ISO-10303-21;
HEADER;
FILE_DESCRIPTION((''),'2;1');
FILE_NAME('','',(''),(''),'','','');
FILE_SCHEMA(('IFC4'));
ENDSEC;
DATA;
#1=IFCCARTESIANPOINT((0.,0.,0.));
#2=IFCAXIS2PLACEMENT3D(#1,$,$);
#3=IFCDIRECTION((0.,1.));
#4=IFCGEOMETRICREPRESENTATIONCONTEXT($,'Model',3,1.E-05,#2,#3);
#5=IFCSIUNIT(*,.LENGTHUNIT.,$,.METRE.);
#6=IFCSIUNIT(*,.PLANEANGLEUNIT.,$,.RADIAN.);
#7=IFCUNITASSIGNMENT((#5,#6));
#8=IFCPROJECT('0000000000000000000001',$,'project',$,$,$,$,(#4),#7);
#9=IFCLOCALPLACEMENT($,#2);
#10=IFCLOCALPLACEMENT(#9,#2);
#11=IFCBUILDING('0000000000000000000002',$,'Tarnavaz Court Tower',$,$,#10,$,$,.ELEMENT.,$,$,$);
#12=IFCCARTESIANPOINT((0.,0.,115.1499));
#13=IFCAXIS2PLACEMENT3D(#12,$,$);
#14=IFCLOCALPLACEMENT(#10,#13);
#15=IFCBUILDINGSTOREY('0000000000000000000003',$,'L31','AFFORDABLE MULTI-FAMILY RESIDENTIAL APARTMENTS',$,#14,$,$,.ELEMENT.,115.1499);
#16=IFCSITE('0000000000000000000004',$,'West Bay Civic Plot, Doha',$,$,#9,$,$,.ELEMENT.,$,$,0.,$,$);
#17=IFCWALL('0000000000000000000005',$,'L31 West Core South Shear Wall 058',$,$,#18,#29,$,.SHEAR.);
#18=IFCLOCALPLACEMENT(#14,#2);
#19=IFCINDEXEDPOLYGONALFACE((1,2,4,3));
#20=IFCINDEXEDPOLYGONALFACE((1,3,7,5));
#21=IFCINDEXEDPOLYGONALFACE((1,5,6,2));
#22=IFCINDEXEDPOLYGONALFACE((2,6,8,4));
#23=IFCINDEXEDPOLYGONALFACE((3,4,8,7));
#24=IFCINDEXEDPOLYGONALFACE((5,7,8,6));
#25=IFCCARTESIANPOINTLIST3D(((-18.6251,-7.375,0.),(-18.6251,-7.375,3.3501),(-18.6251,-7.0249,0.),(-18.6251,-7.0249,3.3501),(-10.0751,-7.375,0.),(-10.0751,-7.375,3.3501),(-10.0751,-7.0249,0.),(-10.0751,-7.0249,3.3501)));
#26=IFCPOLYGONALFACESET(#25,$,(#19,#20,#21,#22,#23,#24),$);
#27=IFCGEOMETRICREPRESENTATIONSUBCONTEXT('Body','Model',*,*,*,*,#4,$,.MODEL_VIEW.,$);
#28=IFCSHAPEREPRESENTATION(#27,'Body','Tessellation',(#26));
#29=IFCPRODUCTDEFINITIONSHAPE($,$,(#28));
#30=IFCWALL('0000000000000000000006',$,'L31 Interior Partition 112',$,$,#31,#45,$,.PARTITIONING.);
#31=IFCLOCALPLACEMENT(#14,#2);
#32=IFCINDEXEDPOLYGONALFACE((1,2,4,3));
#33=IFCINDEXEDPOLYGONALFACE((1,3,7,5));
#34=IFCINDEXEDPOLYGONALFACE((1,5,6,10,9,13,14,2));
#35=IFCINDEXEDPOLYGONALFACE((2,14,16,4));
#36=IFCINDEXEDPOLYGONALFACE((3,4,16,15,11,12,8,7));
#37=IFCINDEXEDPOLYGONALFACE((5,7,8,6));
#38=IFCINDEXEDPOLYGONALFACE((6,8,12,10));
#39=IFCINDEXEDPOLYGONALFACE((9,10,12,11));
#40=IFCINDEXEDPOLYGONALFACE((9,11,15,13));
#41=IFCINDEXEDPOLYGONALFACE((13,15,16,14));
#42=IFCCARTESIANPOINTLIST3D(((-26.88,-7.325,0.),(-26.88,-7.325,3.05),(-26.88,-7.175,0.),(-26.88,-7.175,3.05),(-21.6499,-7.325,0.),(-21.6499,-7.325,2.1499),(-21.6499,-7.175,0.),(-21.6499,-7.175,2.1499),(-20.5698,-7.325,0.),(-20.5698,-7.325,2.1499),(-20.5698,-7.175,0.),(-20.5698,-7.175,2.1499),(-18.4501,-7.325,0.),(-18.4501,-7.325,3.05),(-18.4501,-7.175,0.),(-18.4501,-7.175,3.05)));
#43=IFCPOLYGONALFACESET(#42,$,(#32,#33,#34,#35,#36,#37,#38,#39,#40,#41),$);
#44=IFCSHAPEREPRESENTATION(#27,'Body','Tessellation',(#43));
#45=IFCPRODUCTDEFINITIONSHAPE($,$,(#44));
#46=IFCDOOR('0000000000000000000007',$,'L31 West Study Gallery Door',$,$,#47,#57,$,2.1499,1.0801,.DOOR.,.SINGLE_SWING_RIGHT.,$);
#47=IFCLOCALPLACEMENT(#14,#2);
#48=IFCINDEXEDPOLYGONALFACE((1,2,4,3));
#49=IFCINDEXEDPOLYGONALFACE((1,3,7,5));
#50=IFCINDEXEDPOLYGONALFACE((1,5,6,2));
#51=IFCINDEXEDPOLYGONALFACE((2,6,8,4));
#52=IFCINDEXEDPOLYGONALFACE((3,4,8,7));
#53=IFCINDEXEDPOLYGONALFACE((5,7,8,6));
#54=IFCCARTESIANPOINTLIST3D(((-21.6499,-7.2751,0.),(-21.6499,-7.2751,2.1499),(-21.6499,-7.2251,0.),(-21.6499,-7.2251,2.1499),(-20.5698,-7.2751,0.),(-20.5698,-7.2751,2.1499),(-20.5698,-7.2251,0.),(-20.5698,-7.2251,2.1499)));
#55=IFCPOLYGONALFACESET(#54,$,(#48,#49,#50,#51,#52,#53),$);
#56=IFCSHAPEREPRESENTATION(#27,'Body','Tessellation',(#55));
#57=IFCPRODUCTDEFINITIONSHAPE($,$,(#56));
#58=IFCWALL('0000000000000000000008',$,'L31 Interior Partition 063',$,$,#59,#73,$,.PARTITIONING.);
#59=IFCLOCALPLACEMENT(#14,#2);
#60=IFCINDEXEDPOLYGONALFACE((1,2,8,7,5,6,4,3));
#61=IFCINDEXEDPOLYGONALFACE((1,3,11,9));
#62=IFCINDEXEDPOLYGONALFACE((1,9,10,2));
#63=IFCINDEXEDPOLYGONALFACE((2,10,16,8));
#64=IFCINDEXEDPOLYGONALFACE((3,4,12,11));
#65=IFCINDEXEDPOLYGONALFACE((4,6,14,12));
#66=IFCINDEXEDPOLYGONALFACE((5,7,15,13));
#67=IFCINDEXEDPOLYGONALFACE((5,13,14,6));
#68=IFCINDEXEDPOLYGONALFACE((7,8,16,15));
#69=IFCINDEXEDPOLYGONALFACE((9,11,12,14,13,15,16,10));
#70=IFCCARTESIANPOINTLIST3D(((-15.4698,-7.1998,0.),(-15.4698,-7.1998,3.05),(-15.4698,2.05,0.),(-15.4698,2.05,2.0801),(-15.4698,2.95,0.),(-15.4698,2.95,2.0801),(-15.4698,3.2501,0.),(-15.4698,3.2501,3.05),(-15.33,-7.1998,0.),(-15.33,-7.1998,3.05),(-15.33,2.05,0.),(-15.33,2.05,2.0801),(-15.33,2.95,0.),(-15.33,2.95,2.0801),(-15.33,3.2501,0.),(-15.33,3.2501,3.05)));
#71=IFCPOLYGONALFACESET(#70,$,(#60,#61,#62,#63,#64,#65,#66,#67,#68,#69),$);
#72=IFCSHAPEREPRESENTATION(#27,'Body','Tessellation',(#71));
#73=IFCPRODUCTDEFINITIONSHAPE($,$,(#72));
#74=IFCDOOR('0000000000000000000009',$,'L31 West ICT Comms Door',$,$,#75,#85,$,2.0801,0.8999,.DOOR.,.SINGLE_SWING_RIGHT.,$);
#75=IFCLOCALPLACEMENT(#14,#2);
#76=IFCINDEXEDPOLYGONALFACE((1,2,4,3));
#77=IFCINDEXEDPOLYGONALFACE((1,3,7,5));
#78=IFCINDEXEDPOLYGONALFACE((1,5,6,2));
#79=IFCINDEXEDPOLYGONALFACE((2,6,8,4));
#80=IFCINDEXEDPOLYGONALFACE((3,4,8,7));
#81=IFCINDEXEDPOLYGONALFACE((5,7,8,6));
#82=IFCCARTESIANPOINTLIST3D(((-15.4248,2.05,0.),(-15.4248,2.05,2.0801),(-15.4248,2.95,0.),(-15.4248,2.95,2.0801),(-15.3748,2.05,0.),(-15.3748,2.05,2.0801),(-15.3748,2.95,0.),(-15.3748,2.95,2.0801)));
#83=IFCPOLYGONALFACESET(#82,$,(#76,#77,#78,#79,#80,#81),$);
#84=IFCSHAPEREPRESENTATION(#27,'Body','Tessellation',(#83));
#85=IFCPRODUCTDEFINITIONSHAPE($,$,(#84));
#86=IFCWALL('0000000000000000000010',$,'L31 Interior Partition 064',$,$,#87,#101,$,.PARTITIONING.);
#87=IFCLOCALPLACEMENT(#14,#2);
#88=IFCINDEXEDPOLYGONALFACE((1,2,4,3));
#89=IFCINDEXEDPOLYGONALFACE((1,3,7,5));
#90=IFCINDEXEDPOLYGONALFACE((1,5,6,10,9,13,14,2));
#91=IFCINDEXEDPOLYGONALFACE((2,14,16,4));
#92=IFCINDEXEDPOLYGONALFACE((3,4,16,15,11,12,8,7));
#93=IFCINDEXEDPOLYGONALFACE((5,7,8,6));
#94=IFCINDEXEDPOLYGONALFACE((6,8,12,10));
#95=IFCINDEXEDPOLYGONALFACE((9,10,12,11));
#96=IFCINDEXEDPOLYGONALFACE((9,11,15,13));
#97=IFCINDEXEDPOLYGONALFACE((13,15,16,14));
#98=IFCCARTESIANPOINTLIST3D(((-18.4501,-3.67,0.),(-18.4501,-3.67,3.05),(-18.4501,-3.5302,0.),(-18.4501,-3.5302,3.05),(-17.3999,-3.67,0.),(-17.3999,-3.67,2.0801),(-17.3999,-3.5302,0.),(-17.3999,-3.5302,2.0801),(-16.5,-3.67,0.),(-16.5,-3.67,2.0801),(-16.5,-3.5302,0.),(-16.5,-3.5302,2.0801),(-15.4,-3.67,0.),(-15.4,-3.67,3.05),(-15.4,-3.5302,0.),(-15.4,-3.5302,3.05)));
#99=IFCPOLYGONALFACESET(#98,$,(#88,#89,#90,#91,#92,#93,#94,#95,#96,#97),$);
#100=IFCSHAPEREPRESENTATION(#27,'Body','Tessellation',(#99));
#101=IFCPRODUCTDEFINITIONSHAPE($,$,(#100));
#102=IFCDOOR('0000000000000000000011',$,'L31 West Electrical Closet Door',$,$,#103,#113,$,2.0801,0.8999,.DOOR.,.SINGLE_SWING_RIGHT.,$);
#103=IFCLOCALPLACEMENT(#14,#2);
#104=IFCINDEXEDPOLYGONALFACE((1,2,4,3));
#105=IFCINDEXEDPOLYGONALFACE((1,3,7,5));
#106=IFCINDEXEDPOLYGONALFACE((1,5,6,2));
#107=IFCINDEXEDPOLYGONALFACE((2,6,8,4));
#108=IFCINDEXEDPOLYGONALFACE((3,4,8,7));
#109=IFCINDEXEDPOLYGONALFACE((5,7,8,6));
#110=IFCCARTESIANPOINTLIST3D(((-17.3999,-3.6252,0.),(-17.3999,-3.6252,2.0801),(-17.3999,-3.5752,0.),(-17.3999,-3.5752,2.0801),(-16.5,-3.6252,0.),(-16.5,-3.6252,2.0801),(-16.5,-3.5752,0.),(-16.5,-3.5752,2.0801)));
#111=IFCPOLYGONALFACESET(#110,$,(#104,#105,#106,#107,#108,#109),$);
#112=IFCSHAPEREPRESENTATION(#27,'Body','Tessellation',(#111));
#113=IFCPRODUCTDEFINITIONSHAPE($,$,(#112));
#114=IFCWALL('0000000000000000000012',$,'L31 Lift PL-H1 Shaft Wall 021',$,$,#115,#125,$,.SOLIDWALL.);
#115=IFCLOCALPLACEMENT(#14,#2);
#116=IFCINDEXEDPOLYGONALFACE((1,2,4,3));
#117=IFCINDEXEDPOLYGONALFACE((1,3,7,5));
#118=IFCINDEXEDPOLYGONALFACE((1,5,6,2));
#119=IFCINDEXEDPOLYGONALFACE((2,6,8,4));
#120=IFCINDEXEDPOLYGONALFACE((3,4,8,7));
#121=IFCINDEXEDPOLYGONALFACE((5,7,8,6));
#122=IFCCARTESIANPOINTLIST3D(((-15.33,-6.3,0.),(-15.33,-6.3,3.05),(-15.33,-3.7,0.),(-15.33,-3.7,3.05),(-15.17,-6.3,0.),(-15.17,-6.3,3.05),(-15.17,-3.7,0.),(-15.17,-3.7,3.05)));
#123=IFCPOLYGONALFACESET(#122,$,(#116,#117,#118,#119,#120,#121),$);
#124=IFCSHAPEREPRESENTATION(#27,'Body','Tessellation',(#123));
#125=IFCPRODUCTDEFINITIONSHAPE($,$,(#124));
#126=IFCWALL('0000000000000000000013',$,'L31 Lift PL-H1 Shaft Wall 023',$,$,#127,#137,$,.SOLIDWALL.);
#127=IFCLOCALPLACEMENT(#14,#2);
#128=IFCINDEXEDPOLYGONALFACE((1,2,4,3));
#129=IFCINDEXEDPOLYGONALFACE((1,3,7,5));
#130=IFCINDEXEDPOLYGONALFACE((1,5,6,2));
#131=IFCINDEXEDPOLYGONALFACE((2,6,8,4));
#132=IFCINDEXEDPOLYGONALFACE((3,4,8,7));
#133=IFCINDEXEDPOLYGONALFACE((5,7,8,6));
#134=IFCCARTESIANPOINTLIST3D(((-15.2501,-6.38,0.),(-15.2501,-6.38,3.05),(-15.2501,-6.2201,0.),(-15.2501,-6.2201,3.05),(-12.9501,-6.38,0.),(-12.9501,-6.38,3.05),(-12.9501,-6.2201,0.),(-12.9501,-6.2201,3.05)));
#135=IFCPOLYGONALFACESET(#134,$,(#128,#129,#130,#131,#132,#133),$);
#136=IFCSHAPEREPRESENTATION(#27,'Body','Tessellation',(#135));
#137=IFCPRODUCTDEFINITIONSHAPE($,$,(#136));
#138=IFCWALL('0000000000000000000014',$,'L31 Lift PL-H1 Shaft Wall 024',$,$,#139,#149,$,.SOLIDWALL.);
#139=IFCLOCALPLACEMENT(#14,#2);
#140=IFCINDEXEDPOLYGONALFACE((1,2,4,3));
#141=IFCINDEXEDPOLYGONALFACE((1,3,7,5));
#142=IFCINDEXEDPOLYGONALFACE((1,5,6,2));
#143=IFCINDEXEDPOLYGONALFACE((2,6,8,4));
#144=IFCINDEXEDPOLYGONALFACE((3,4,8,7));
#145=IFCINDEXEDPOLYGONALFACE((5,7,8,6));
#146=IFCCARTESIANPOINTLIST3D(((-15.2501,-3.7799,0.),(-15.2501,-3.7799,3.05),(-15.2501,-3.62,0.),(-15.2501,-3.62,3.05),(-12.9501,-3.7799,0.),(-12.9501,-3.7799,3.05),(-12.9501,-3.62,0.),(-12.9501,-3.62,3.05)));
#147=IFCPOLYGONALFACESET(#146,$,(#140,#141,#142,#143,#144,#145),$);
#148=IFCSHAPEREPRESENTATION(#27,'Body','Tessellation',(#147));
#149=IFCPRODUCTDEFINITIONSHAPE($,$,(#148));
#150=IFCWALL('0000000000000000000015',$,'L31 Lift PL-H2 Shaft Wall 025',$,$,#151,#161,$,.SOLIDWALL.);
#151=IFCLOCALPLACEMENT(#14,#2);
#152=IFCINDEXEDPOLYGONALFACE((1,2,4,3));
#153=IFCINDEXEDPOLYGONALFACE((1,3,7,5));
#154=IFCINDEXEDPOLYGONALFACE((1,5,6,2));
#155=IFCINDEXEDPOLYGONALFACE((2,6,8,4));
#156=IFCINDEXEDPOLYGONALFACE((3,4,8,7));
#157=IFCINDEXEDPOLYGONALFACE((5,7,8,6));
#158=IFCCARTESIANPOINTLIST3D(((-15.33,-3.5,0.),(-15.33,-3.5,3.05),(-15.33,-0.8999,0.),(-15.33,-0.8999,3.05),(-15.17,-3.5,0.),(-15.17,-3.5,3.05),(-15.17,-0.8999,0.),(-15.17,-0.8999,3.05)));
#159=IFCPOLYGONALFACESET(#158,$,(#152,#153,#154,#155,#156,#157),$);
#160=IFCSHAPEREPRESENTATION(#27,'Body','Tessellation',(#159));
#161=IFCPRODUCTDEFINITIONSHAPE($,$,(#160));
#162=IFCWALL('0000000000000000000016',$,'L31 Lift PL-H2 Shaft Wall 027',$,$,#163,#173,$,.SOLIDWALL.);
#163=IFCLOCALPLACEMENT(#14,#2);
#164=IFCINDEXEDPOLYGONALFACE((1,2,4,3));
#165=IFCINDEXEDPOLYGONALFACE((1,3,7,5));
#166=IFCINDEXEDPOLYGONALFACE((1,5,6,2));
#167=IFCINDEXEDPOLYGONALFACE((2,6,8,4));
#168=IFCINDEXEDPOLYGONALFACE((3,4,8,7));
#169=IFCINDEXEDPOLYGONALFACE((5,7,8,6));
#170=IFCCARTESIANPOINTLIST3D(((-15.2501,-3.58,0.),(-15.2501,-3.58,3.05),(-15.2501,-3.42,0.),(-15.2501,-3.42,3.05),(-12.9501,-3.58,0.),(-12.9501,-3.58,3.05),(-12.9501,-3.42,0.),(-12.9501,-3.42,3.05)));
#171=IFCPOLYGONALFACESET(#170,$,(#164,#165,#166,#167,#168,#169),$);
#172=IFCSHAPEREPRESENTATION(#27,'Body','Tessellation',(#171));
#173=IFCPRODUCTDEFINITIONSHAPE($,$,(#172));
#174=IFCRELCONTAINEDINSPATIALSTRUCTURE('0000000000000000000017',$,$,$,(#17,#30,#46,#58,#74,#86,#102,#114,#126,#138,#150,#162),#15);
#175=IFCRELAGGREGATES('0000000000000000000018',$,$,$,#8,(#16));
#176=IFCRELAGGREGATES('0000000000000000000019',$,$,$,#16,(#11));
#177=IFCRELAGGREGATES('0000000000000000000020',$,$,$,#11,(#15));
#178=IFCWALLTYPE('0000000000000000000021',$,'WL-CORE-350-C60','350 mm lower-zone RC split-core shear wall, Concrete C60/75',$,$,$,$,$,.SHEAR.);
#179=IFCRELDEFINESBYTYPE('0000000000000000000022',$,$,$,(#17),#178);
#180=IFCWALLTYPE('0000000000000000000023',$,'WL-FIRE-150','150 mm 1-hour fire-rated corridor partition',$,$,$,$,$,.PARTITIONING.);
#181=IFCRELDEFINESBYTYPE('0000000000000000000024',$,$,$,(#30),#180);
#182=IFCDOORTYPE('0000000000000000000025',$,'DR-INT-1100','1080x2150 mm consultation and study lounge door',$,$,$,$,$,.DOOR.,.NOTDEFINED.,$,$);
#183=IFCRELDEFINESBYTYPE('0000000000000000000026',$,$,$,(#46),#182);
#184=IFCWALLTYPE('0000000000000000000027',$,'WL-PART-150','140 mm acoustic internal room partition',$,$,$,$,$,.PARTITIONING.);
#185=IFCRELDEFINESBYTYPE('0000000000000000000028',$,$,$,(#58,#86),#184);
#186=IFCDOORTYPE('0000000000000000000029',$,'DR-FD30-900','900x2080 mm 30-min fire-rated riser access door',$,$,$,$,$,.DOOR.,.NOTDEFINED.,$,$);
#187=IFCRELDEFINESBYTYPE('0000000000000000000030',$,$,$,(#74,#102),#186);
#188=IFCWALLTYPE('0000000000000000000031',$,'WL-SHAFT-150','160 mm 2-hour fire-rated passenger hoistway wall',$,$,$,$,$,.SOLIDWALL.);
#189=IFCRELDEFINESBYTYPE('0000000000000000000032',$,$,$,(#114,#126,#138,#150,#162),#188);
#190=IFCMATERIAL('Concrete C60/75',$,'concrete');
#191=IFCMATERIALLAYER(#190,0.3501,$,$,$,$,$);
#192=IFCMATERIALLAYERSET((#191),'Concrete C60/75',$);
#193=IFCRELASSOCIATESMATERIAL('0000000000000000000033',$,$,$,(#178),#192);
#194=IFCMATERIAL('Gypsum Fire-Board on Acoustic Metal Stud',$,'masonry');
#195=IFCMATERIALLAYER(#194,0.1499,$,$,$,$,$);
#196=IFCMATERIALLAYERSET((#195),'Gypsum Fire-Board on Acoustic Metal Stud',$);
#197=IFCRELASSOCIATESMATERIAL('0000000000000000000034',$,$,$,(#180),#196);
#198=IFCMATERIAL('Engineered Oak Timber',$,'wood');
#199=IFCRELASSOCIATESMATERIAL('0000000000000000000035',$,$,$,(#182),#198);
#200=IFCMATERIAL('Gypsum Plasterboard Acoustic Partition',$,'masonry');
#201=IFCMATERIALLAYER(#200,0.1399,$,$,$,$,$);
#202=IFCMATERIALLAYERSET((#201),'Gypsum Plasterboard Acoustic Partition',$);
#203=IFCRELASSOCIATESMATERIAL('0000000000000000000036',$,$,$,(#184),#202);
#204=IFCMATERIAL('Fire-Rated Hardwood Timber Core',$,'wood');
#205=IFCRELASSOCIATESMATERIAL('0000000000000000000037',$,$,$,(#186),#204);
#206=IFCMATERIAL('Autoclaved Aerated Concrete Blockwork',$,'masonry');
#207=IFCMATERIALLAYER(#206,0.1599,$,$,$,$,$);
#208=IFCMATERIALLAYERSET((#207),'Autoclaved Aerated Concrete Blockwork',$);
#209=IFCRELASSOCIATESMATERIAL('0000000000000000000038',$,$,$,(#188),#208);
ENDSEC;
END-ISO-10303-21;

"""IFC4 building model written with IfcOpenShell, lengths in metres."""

from ifc_helpers import new_model, si_unit, direction, frame, frame_2d, origin, place, context, subcontext, project, spatial, rectangle, extrude, material, layer, layer_set, type_object, element, fill, save


model = new_model("IFC4")

# Units and contexts
model_context = context("Model", 3, precision=1e-05, world=origin(), true_north=direction((0.0, 1.0)))
body_context = subcontext(model_context, "Body", "Model", "MODEL_VIEW")
ifc_project = project(units=[si_unit("LENGTHUNIT", "METRE"), si_unit("PLANEANGLEUNIT", "RADIAN")], contexts=[model_context])

# Site, building, storey
site_placement = place(None, origin())
site = spatial("IfcSite", under=ifc_project, at=site_placement, Name="West Bay Civic Plot, Doha", CompositionType="ELEMENT", RefElevation=0.0)
building_placement = place(site_placement, origin())
building = spatial("IfcBuilding", under=site, at=building_placement, Name="Tarnavaz Court Tower", CompositionType="ELEMENT")
storey_placement = place(building_placement, frame((0.0, 0.0, 115.1499)))
storey = spatial("IfcBuildingStorey", under=building, at=storey_placement, Name="L31", Description="AFFORDABLE MULTI-FAMILY RESIDENTIAL APARTMENTS", CompositionType="ELEMENT", Elevation=115.1499)

# Shared definitions
ifc_material_1 = material(Name="Concrete C60/75", Category="concrete")

# Wall
ifc_layer_1 = layer(ifc_material_1, 0.3501)
ifc_layer_set_1 = layer_set([ifc_layer_1], Name="Concrete C60/75")
wall_type_1 = type_object("IfcWallType", Name="WL-CORE-350-C60", Description="350 mm lower-zone RC split-core shear wall, Concrete C60/75", PredefinedType="SHEAR", material=ifc_layer_set_1)
wall_1_placement = place(storey_placement, frame((-18.625, -7.2, 0.0), z_axis=(0.0, 0.0, 1.0), x_axis=(1.0, 0.0, 0.0)))
element("IfcWall", 1, at=wall_1_placement, inside=storey, type_object=wall_type_1, Name="L31 West Core South Shear Wall 058", PredefinedType="SHEAR", context=body_context, shape_type="SweptSolid", body=[
    extrude(rectangle(XDim=8.55, YDim=0.3501, at=frame_2d((4.2749, 0.0))), origin(), (0.0, 0.0, 1.0), 3.3501),
])

# Walls, openings, doors
ifc_material_2 = material(Name="Gypsum Fire-Board on Acoustic Metal Stud", Category="masonry")
ifc_layer_2 = layer(ifc_material_2, 0.1499)
ifc_layer_set_2 = layer_set([ifc_layer_2], Name="Gypsum Fire-Board on Acoustic Metal Stud")
wall_type_2 = type_object("IfcWallType", Name="WL-FIRE-150", Description="150 mm 1-hour fire-rated corridor partition", PredefinedType="PARTITIONING", material=ifc_layer_set_2)
wall_2_placement = place(storey_placement, frame((-26.8799, -7.25, 0.0), z_axis=(0.0, 0.0, 1.0), x_axis=(1.0, 0.0, 0.0)))
wall_2 = element("IfcWall", 2, at=wall_2_placement, inside=storey, type_object=wall_type_2, Name="L31 Interior Partition 112", PredefinedType="PARTITIONING", context=body_context, shape_type="SweptSolid", body=[
    extrude(rectangle(XDim=8.4299, YDim=0.1499, at=frame_2d((4.2148, 0.0))), origin(), (0.0, 0.0, 1.0), 3.05),
])
opening_1_placement = place(wall_2_placement, frame((5.23, 0.0, 0.0)))
opening_1 = element("IfcOpeningElement", 3, at=opening_1_placement, cuts=wall_2, PredefinedType="OPENING", context=body_context, shape_type="SweptSolid", body=[
    extrude(rectangle(XDim=1.0801, YDim=2.1499, at=frame_2d((0.54, 1.075))), frame((0.0, 0.085, 0.0), z_axis=(0.0, -1.0, 0.0), x_axis=(1.0, 0.0, 0.0)), (0.0, 0.0, 1.0), 0.1699),
])
ifc_material_3 = material(Name="Engineered Oak Timber", Category="wood")
door_type_1 = type_object("IfcDoorType", Name="DR-INT-1100", Description="1080x2150 mm consultation and study lounge door", OperationType="NOTDEFINED", PredefinedType="DOOR", material=ifc_material_3)
door_1_placement = place(opening_1_placement, origin())
door_1 = element("IfcDoor", 4, at=door_1_placement, inside=storey, type_object=door_type_1, Name="L31 West Study Gallery Door", OperationType="SINGLE_SWING_RIGHT", OverallHeight=2.1499, OverallWidth=1.0801, PredefinedType="DOOR", context=body_context, shape_type="SweptSolid", body=[
    extrude(rectangle(XDim=1.0801, YDim=2.1499, at=frame_2d((0.54, 1.075))), frame((0.0, 0.0249, 0.0), z_axis=(0.0, -1.0, 0.0), x_axis=(1.0, 0.0, 0.0)), (0.0, 0.0, 1.0), 0.05),
])
fill(opening_1, door_1)
ifc_material_4 = material(Name="Gypsum Plasterboard Acoustic Partition", Category="masonry")
ifc_layer_3 = layer(ifc_material_4, 0.1399)
ifc_layer_set_3 = layer_set([ifc_layer_3], Name="Gypsum Plasterboard Acoustic Partition")
wall_type_3 = type_object("IfcWallType", Name="WL-PART-150", Description="140 mm acoustic internal room partition", PredefinedType="PARTITIONING", material=ifc_layer_set_3)
wall_3_placement = place(storey_placement, frame((-15.3999, -7.2, 0.0), z_axis=(0.0, 0.0, 1.0), x_axis=(0.0, 1.0, 0.0)))
wall_3 = element("IfcWall", 5, at=wall_3_placement, inside=storey, type_object=wall_type_3, Name="L31 Interior Partition 063", PredefinedType="PARTITIONING", context=body_context, shape_type="SweptSolid", body=[
    extrude(rectangle(XDim=10.45, YDim=0.1399, at=frame_2d((5.2251, 0.0))), origin(), (0.0, 0.0, 1.0), 3.05),
])
opening_2_placement = place(wall_3_placement, frame((9.25, 0.0, 0.0)))
opening_2 = element("IfcOpeningElement", 6, at=opening_2_placement, cuts=wall_3, PredefinedType="OPENING", context=body_context, shape_type="SweptSolid", body=[
    extrude(rectangle(XDim=0.8999, YDim=2.0801, at=frame_2d((0.45, 1.04))), frame((0.0, 0.0798, 0.0), z_axis=(0.0, -1.0, 0.0), x_axis=(1.0, 0.0, 0.0)), (0.0, 0.0, 1.0), 0.1599),
])
ifc_material_5 = material(Name="Fire-Rated Hardwood Timber Core", Category="wood")
door_type_2 = type_object("IfcDoorType", Name="DR-FD30-900", Description="900x2080 mm 30-min fire-rated riser access door", OperationType="NOTDEFINED", PredefinedType="DOOR", material=ifc_material_5)
door_2_placement = place(opening_2_placement, origin())
door_2 = element("IfcDoor", 7, at=door_2_placement, inside=storey, type_object=door_type_2, Name="L31 West ICT Comms Door", OperationType="SINGLE_SWING_RIGHT", OverallHeight=2.0801, OverallWidth=0.8999, PredefinedType="DOOR", context=body_context, shape_type="SweptSolid", body=[
    extrude(rectangle(XDim=0.8999, YDim=2.0801, at=frame_2d((0.45, 1.04))), frame((0.0, 0.0249, 0.0), z_axis=(0.0, -1.0, 0.0), x_axis=(1.0, 0.0, 0.0)), (0.0, 0.0, 1.0), 0.05),
])
fill(opening_2, door_2)
wall_4_placement = place(storey_placement, frame((-18.45, -3.6001, 0.0), z_axis=(0.0, 0.0, 1.0), x_axis=(1.0, 0.0, 0.0)))
wall_4 = element("IfcWall", 8, at=wall_4_placement, inside=storey, type_object=wall_type_3, Name="L31 Interior Partition 064", PredefinedType="PARTITIONING", context=body_context, shape_type="SweptSolid", body=[
    extrude(rectangle(XDim=3.05, YDim=0.1399, at=frame_2d((1.5249, 0.0))), origin(), (0.0, 0.0, 1.0), 3.05),
])
opening_3_placement = place(wall_4_placement, frame((1.05, 0.0, 0.0)))
opening_3 = element("IfcOpeningElement", 9, at=opening_3_placement, cuts=wall_4, PredefinedType="OPENING", context=body_context, shape_type="SweptSolid", body=[
    extrude(rectangle(XDim=0.8999, YDim=2.0801, at=frame_2d((0.45, 1.04))), frame((0.0, 0.0798, 0.0), z_axis=(0.0, -1.0, 0.0), x_axis=(1.0, 0.0, 0.0)), (0.0, 0.0, 1.0), 0.1599),
])
door_3_placement = place(opening_3_placement, origin())
door_3 = element("IfcDoor", 10, at=door_3_placement, inside=storey, type_object=door_type_2, Name="L31 West Electrical Closet Door", OperationType="SINGLE_SWING_RIGHT", OverallHeight=2.0801, OverallWidth=0.8999, PredefinedType="DOOR", context=body_context, shape_type="SweptSolid", body=[
    extrude(rectangle(XDim=0.8999, YDim=2.0801, at=frame_2d((0.45, 1.04))), frame((0.0, 0.0249, 0.0), z_axis=(0.0, -1.0, 0.0), x_axis=(1.0, 0.0, 0.0)), (0.0, 0.0, 1.0), 0.05),
])
fill(opening_3, door_3)

# Walls
ifc_material_6 = material(Name="Autoclaved Aerated Concrete Blockwork", Category="masonry")
ifc_layer_4 = layer(ifc_material_6, 0.1599)
ifc_layer_set_4 = layer_set([ifc_layer_4], Name="Autoclaved Aerated Concrete Blockwork")
wall_type_4 = type_object("IfcWallType", Name="WL-SHAFT-150", Description="160 mm 2-hour fire-rated passenger hoistway wall", PredefinedType="SOLIDWALL", material=ifc_layer_set_4)
wall_5_placement = place(storey_placement, frame((-15.25, -6.3, 0.0), z_axis=(0.0, 0.0, 1.0), x_axis=(0.0, 1.0, 0.0)))
element("IfcWall", 11, at=wall_5_placement, inside=storey, type_object=wall_type_4, Name="L31 Lift PL-H1 Shaft Wall 021", PredefinedType="SOLIDWALL", context=body_context, shape_type="SweptSolid", body=[
    extrude(rectangle(XDim=2.6001, YDim=0.1599, at=frame_2d((1.3, 0.0))), origin(), (0.0, 0.0, 1.0), 3.05),
])
for number, where, z_axis, x_axis, name in (
    (12, (-15.25, -6.3, 0.0), (0.0, 0.0, 1.0), (1.0, 0.0, 0.0), "L31 Lift PL-H1 Shaft Wall 023"),
    (13, (-15.25, -3.7, 0.0), (0.0, 0.0, 1.0), (1.0, 0.0, 0.0), "L31 Lift PL-H1 Shaft Wall 024"),
):
    element("IfcWall", number, at=place(storey_placement, frame(where, z_axis=z_axis, x_axis=x_axis)), inside=storey, type_object=wall_type_4, Name=name, PredefinedType="SOLIDWALL", context=body_context, shape_type="SweptSolid", body=[
        extrude(rectangle(XDim=2.3, YDim=0.1599, at=frame_2d((1.1499, 0.0))), origin(), (0.0, 0.0, 1.0), 3.05),
    ])
wall_6_placement = place(storey_placement, frame((-15.25, -3.5, 0.0), z_axis=(0.0, 0.0, 1.0), x_axis=(0.0, 1.0, 0.0)))
element("IfcWall", 14, at=wall_6_placement, inside=storey, type_object=wall_type_4, Name="L31 Lift PL-H2 Shaft Wall 025", PredefinedType="SOLIDWALL", context=body_context, shape_type="SweptSolid", body=[
    extrude(rectangle(XDim=2.6001, YDim=0.1599, at=frame_2d((1.3, 0.0))), origin(), (0.0, 0.0, 1.0), 3.05),
])
for number, where, z_axis, x_axis, name in (
    (15, (-15.25, -3.5, 0.0), (0.0, 0.0, 1.0), (1.0, 0.0, 0.0), "L31 Lift PL-H2 Shaft Wall 027"),
):
    element("IfcWall", number, at=place(storey_placement, frame(where, z_axis=z_axis, x_axis=x_axis)), inside=storey, type_object=wall_type_4, Name=name, PredefinedType="SOLIDWALL", context=body_context, shape_type="SweptSolid", body=[
        extrude(rectangle(XDim=2.3, YDim=0.1599, at=frame_2d((1.1499, 0.0))), origin(), (0.0, 0.0, 1.0), 3.05),
    ])

save(model, "model.ifc")
